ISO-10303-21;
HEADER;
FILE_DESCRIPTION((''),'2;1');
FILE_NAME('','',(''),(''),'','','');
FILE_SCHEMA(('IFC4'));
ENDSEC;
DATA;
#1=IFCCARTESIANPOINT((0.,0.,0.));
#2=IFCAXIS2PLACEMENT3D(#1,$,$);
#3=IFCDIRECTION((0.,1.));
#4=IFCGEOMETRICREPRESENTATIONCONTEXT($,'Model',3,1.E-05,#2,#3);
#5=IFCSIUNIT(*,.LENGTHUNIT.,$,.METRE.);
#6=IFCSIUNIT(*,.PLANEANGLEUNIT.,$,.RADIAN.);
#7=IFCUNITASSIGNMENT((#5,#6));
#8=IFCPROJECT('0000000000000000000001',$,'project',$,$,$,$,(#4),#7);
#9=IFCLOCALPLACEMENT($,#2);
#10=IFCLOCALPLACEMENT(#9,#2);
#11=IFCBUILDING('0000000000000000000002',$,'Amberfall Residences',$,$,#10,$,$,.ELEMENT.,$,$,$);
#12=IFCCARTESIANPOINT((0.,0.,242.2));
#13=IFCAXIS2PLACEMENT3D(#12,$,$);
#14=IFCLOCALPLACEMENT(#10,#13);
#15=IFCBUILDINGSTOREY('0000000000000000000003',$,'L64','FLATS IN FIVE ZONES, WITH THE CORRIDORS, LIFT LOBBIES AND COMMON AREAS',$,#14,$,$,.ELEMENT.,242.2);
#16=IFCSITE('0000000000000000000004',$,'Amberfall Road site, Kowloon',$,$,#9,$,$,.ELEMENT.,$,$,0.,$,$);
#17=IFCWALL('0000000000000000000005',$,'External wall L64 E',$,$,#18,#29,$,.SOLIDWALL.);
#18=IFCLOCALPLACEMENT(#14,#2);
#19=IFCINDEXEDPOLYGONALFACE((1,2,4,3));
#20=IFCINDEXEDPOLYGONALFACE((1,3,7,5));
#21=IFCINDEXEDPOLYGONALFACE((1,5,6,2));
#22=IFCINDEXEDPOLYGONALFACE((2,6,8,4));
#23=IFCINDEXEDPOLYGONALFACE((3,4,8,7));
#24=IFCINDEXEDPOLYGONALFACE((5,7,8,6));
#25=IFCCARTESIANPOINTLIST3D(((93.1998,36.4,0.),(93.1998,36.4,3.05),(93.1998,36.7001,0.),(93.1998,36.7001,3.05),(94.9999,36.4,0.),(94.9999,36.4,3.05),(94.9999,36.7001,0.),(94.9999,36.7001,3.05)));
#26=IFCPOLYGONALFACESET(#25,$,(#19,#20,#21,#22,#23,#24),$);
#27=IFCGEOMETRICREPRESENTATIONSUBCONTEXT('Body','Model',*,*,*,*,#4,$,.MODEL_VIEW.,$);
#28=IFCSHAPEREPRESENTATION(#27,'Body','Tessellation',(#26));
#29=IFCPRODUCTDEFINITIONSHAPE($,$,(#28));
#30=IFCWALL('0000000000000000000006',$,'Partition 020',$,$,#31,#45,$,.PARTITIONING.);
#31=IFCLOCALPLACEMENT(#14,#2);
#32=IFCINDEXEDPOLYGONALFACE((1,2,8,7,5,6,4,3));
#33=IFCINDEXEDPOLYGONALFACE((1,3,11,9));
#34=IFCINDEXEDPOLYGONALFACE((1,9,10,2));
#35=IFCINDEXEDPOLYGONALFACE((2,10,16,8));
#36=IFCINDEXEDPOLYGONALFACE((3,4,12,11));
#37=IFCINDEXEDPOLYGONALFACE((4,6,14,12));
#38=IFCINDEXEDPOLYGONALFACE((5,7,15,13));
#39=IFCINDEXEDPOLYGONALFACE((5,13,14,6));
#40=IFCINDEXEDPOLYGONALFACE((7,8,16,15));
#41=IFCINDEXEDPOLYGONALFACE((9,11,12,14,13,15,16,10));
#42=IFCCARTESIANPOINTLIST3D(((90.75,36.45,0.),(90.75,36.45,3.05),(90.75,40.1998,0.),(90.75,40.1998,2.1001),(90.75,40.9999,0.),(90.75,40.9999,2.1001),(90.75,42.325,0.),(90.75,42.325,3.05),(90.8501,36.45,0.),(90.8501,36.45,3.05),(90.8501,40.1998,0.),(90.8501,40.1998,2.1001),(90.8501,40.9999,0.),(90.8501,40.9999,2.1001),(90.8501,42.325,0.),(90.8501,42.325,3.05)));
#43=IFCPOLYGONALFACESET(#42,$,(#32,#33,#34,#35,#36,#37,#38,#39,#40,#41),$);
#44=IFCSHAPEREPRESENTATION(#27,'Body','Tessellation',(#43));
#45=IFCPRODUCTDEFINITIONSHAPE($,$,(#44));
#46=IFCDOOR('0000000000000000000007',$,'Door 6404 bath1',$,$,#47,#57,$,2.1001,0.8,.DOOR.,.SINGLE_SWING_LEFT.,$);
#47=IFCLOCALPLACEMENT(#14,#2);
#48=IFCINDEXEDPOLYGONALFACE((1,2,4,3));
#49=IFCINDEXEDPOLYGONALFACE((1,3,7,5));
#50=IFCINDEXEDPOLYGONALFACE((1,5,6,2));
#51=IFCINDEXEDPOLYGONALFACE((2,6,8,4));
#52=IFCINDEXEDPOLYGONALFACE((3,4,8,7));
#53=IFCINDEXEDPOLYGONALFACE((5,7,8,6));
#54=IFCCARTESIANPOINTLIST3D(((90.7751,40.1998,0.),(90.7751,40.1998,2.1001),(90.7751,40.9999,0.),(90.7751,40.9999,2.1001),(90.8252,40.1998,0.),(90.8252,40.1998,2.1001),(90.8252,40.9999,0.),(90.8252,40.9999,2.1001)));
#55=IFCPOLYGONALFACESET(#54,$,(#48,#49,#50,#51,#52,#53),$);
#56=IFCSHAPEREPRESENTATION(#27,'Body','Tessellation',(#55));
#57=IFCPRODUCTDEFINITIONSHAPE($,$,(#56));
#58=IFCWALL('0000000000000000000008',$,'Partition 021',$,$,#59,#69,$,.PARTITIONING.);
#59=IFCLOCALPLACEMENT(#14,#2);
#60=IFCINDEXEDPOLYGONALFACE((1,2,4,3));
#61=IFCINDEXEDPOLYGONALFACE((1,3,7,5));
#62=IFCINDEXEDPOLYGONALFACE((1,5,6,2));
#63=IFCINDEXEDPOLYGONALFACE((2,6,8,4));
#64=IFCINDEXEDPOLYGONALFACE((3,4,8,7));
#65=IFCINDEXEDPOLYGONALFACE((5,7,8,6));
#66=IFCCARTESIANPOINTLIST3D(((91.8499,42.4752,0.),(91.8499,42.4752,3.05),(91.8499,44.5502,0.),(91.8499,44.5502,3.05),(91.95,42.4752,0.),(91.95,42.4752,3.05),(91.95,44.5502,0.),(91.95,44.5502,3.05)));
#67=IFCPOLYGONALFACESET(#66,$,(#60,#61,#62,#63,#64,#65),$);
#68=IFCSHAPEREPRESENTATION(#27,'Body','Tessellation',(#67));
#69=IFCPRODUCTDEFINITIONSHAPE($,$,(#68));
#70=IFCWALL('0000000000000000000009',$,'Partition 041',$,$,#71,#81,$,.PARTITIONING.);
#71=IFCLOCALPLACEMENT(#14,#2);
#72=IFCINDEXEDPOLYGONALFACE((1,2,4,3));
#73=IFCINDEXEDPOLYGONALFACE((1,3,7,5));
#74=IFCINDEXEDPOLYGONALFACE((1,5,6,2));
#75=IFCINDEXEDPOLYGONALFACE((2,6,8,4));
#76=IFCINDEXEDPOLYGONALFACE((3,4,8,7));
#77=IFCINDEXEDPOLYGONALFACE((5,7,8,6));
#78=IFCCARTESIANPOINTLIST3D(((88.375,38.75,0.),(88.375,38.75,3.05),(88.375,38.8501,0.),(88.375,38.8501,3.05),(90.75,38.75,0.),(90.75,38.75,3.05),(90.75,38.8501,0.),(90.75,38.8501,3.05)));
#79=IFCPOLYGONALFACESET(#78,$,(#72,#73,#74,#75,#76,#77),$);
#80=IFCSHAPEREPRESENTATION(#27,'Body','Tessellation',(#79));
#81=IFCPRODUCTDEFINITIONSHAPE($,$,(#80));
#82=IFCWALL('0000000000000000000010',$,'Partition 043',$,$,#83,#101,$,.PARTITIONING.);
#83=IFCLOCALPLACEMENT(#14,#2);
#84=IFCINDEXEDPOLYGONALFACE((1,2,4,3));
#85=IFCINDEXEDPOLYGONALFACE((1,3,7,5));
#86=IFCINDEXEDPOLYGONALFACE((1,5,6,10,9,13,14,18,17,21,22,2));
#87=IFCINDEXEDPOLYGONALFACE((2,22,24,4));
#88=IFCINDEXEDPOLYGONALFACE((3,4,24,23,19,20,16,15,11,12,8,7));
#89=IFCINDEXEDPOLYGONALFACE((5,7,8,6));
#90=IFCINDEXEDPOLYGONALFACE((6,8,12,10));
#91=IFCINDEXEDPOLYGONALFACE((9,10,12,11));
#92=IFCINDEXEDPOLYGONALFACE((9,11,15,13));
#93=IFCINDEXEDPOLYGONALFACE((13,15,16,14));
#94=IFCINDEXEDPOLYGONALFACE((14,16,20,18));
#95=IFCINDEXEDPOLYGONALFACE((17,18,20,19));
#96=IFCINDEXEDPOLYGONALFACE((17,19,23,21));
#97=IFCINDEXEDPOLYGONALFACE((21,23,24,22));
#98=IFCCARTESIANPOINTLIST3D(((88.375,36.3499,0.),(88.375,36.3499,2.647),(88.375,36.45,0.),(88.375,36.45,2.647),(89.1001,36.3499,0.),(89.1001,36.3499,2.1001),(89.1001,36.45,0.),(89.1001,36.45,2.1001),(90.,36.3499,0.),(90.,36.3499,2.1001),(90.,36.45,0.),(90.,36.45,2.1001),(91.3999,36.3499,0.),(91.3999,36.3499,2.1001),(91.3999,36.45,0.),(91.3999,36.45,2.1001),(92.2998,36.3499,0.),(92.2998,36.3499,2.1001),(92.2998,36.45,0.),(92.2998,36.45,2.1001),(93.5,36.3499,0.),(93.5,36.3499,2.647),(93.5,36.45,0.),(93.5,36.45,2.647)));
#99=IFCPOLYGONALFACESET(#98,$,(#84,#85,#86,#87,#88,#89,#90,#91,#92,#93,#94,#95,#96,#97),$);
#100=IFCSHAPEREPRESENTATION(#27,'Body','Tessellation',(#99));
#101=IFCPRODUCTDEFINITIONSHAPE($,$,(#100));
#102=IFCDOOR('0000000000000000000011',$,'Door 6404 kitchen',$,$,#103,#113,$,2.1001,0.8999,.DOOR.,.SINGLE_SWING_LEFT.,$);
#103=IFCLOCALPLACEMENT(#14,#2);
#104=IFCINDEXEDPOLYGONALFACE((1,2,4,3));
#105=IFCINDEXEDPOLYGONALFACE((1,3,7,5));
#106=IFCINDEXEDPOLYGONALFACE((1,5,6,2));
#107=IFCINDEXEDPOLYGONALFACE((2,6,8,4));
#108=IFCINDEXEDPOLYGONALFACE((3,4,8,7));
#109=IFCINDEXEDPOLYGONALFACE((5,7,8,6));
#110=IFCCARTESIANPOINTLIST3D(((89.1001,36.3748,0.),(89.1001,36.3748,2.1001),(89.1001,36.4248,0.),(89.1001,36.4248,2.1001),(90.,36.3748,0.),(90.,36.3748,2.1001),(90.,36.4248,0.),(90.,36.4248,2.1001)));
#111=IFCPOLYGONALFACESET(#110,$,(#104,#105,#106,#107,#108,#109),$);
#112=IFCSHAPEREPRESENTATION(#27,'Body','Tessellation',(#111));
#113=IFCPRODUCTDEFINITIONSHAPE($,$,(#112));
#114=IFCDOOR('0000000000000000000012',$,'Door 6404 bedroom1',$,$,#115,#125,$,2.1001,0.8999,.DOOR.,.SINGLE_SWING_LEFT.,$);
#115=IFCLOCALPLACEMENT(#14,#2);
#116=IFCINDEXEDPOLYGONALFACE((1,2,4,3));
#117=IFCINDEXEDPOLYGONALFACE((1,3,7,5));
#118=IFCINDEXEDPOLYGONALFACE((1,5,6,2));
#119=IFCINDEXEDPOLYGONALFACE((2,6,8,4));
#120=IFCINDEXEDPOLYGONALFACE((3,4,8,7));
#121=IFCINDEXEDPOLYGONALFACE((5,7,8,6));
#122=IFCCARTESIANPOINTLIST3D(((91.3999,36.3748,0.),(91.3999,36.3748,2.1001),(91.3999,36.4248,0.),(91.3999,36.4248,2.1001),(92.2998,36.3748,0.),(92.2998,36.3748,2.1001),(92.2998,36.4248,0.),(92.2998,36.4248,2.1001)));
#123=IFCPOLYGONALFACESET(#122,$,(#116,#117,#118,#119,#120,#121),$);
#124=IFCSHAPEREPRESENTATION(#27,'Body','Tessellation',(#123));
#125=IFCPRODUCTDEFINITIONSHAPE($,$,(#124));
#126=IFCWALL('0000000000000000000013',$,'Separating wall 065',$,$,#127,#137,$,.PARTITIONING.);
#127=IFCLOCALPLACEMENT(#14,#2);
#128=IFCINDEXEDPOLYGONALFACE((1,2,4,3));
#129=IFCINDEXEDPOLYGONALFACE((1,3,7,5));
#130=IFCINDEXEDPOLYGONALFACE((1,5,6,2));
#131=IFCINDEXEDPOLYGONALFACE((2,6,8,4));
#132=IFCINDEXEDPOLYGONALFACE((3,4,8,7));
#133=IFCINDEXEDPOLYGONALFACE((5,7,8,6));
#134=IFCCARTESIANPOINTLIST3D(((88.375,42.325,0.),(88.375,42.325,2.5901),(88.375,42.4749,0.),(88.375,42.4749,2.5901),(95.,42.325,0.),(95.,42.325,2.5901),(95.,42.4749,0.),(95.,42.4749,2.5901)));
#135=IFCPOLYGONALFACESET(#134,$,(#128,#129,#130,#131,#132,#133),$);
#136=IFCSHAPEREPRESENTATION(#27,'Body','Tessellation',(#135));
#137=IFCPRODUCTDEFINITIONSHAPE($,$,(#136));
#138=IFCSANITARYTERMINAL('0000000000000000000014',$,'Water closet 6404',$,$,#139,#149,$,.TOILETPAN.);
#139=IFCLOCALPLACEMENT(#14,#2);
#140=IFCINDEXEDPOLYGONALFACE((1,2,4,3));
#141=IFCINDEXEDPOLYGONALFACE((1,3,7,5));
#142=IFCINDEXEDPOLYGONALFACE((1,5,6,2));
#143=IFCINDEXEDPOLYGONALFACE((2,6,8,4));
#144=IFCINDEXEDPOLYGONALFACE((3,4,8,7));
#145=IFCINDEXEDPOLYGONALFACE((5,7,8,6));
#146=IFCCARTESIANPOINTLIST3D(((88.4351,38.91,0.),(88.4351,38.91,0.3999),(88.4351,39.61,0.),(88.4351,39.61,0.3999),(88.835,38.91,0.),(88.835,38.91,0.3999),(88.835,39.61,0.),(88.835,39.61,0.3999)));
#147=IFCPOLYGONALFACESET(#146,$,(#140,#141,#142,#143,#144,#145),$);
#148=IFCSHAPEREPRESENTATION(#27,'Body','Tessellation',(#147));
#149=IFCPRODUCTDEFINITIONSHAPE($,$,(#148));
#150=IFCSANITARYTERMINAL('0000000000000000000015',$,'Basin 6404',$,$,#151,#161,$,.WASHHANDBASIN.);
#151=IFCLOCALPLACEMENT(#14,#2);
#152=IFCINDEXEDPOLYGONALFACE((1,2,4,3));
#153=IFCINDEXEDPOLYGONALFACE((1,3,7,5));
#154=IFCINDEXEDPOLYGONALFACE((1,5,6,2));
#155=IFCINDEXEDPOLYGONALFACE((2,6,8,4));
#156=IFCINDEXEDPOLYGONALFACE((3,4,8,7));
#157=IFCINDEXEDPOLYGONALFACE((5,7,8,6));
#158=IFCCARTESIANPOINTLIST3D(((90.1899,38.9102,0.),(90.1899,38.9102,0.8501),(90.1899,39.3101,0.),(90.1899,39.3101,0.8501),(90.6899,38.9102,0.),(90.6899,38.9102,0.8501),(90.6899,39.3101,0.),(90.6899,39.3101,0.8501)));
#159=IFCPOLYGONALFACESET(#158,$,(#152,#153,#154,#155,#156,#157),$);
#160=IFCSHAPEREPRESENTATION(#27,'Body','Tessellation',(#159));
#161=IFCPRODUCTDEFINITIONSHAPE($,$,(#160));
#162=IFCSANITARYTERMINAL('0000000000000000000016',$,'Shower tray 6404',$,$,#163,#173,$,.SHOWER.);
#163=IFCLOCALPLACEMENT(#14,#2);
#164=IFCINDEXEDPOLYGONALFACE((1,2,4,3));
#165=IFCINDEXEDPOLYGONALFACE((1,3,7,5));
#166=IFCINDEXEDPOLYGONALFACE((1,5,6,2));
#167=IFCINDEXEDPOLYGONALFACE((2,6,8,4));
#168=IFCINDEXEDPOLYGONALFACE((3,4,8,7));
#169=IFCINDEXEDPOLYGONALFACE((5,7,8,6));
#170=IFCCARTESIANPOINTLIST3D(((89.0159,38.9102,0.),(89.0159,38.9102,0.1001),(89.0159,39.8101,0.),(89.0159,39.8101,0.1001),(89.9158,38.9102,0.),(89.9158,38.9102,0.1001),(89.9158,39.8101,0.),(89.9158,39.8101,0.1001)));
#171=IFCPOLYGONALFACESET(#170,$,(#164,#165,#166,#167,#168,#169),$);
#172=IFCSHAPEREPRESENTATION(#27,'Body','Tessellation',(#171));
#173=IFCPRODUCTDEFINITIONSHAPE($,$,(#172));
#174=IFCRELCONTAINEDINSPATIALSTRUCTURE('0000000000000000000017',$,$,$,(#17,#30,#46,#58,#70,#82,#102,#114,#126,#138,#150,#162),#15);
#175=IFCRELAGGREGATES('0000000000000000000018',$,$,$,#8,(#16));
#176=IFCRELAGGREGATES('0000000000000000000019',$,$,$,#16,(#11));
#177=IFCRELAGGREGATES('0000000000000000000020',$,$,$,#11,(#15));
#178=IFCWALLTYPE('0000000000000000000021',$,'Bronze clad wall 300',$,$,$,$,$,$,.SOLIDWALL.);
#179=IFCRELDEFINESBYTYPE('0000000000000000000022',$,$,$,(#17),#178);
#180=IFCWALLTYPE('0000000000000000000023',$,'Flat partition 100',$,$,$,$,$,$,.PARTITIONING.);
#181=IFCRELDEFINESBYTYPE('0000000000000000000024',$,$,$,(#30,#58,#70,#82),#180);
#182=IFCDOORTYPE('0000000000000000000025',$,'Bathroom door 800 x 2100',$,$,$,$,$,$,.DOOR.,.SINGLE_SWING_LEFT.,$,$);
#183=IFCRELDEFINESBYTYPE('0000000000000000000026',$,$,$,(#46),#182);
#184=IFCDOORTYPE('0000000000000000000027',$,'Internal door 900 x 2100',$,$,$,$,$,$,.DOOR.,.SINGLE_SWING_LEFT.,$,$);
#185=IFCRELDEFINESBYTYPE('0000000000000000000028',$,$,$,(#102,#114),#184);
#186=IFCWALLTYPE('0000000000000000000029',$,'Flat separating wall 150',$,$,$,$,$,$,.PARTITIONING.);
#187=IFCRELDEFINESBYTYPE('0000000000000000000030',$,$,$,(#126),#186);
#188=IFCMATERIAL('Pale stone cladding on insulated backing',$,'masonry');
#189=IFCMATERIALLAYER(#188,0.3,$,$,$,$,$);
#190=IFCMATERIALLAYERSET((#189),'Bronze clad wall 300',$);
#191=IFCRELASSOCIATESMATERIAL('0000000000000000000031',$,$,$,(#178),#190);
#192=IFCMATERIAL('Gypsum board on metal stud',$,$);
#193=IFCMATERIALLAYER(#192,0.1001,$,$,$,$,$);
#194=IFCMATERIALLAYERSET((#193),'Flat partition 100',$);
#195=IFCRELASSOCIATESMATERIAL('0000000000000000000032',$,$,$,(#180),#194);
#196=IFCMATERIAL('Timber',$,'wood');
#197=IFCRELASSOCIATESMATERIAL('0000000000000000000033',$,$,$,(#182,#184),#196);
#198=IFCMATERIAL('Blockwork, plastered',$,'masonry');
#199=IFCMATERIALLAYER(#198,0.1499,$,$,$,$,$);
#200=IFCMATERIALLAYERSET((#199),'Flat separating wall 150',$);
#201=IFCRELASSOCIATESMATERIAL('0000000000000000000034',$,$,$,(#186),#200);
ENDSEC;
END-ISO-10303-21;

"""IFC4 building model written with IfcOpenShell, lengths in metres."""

from ifc_helpers import new_model, si_unit, direction, frame, frame_2d, origin, origin_2d, place, context, subcontext, project, spatial, rectangle, extrude, material, layer, layer_set, type_object, element, fill, save


model = new_model("IFC4")

# Units and contexts
model_context = context("Model", 3, precision=1e-05, world=origin(), true_north=direction((0.0, 1.0)))
body_context = subcontext(model_context, "Body", "Model", "MODEL_VIEW")
ifc_project = project(units=[si_unit("LENGTHUNIT", "METRE"), si_unit("PLANEANGLEUNIT", "RADIAN")], contexts=[model_context])

# Site, building, storey
site_placement = place(None, origin())
site = spatial("IfcSite", under=ifc_project, at=site_placement, Name="Amberfall Road site, Kowloon", CompositionType="ELEMENT", RefElevation=0.0)
building_placement = place(site_placement, origin())
building = spatial("IfcBuilding", under=site, at=building_placement, Name="Amberfall Residences", CompositionType="ELEMENT")
storey_placement = place(building_placement, frame((0.0, 0.0, 242.2)))
storey = spatial("IfcBuildingStorey", under=building, at=storey_placement, Name="L64", Description="FLATS IN FIVE ZONES, WITH THE CORRIDORS, LIFT LOBBIES AND COMMON AREAS", CompositionType="ELEMENT", Elevation=242.2)

# Wall
ifc_material_1 = material(Name="Pale stone cladding on insulated backing", Category="masonry")
ifc_layer_1 = layer(ifc_material_1, 0.3)
ifc_layer_set_1 = layer_set([ifc_layer_1], Name="Bronze clad wall 300")
wall_type_1 = type_object("IfcWallType", Name="Bronze clad wall 300", PredefinedType="SOLIDWALL", material=ifc_layer_set_1)
wall_1_placement = place(storey_placement, frame((93.2, 36.55, 0.0), z_axis=(0.0, 0.0, 1.0), x_axis=(1.0, 0.0, 0.0)))
element("IfcWall", 1, at=wall_1_placement, inside=storey, type_object=wall_type_1, Name="External wall L64 E", PredefinedType="SOLIDWALL", context=body_context, shape_type="SweptSolid", body=[
    extrude(rectangle(XDim=1.8, YDim=0.3, at=frame_2d((0.8999, 0.0))), origin(), (0.0, 0.0, 1.0), 3.05),
])

# Wall, opening, door
ifc_material_2 = material(Name="Gypsum board on metal stud")
ifc_layer_2 = layer(ifc_material_2, 0.1001)
ifc_layer_set_2 = layer_set([ifc_layer_2], Name="Flat partition 100")
wall_type_2 = type_object("IfcWallType", Name="Flat partition 100", PredefinedType="PARTITIONING", material=ifc_layer_set_2)
wall_2_placement = place(storey_placement, frame((90.8, 36.45, 0.0), z_axis=(0.0, 0.0, 1.0), x_axis=(0.0, 1.0, 0.0)))
wall_2 = element("IfcWall", 2, at=wall_2_placement, inside=storey, type_object=wall_type_2, Name="Partition 020", PredefinedType="PARTITIONING", context=body_context, shape_type="SweptSolid", body=[
    extrude(rectangle(XDim=5.875, YDim=0.1001, at=frame_2d((2.9375, 0.0))), origin(), (0.0, 0.0, 1.0), 3.05),
])
opening_1_placement = place(wall_2_placement, frame((3.75, 0.0, 0.0)))
opening_1 = element("IfcOpeningElement", 3, at=opening_1_placement, cuts=wall_2, PredefinedType="OPENING", context=body_context, shape_type="SweptSolid", body=[
    extrude(rectangle(XDim=0.8, YDim=2.1001, at=frame_2d((0.3999, 1.05))), frame((0.0, 0.0601, 0.0), z_axis=(0.0, -1.0, 0.0), x_axis=(1.0, 0.0, 0.0)), (0.0, 0.0, 1.0), 0.1201),
])
ifc_material_3 = material(Name="Timber", Category="wood")
door_type_1 = type_object("IfcDoorType", Name="Bathroom door 800 x 2100", OperationType="SINGLE_SWING_LEFT", PredefinedType="DOOR", material=ifc_material_3)
door_1_placement = place(opening_1_placement, origin())
door_1 = element("IfcDoor", 4, at=door_1_placement, inside=storey, type_object=door_type_1, Name="Door 6404 bath1", OperationType="SINGLE_SWING_LEFT", OverallHeight=2.1001, OverallWidth=0.8, PredefinedType="DOOR", context=body_context, shape_type="SweptSolid", body=[
    extrude(rectangle(XDim=0.8, YDim=2.1001, at=frame_2d((0.3999, 1.05))), frame((0.0, 0.0249, 0.0), z_axis=(0.0, -1.0, 0.0), x_axis=(1.0, 0.0, 0.0)), (0.0, 0.0, 1.0), 0.05),
])
fill(opening_1, door_1)

# Walls
wall_3_placement = place(storey_placement, frame((91.8999, 42.4751, 0.0), z_axis=(0.0, 0.0, 1.0), x_axis=(0.0, 1.0, 0.0)))
element("IfcWall", 5, at=wall_3_placement, inside=storey, type_object=wall_type_2, Name="Partition 021", PredefinedType="PARTITIONING", context=body_context, shape_type="SweptSolid", body=[
    extrude(rectangle(XDim=2.075, YDim=0.1001, at=frame_2d((1.0376, 0.0))), origin(), (0.0, 0.0, 1.0), 3.05),
])
wall_4_placement = place(storey_placement, frame((88.375, 38.8, 0.0), z_axis=(0.0, 0.0, 1.0), x_axis=(1.0, 0.0, 0.0)))
element("IfcWall", 6, at=wall_4_placement, inside=storey, type_object=wall_type_2, Name="Partition 041", PredefinedType="PARTITIONING", context=body_context, shape_type="SweptSolid", body=[
    extrude(rectangle(XDim=2.375, YDim=0.1001, at=frame_2d((1.1875, 0.0))), origin(), (0.0, 0.0, 1.0), 3.05),
])

# Wall, openings, doors
wall_5_placement = place(storey_placement, frame((88.375, 36.3999, 0.0), z_axis=(0.0, 0.0, 1.0), x_axis=(1.0, 0.0, 0.0)))
wall_5 = element("IfcWall", 7, at=wall_5_placement, inside=storey, type_object=wall_type_2, Name="Partition 043", PredefinedType="PARTITIONING", context=body_context, shape_type="SweptSolid", body=[
    extrude(rectangle(XDim=5.125, YDim=0.1001, at=frame_2d((2.5625, 0.0))), origin(), (0.0, 0.0, 1.0), 2.647),
])
opening_2_placement = place(wall_5_placement, frame((0.7251, 0.0, 0.0)))
opening_2 = element("IfcOpeningElement", 8, at=opening_2_placement, cuts=wall_5, PredefinedType="OPENING", context=body_context, shape_type="SweptSolid", body=[
    extrude(rectangle(XDim=0.8999, YDim=2.1001, at=frame_2d((0.45, 1.05))), frame((0.0, 0.0601, 0.0), z_axis=(0.0, -1.0, 0.0), x_axis=(1.0, 0.0, 0.0)), (0.0, 0.0, 1.0), 0.1201),
])
opening_3_placement = place(wall_5_placement, frame((3.0249, 0.0, 0.0)))
opening_3 = element("IfcOpeningElement", 9, at=opening_3_placement, cuts=wall_5, PredefinedType="OPENING", context=body_context, shape_type="SweptSolid", body=[
    extrude(rectangle(XDim=0.8999, YDim=2.1001, at=frame_2d((0.45, 1.05))), frame((0.0, 0.0601, 0.0), z_axis=(0.0, -1.0, 0.0), x_axis=(1.0, 0.0, 0.0)), (0.0, 0.0, 1.0), 0.1201),
])
door_type_2 = type_object("IfcDoorType", Name="Internal door 900 x 2100", OperationType="SINGLE_SWING_LEFT", PredefinedType="DOOR", material=ifc_material_3)
door_2_placement = place(opening_2_placement, origin())
door_2 = element("IfcDoor", 10, at=door_2_placement, inside=storey, type_object=door_type_2, Name="Door 6404 kitchen", OperationType="SINGLE_SWING_LEFT", OverallHeight=2.1001, OverallWidth=0.8999, PredefinedType="DOOR", context=body_context, shape_type="SweptSolid", body=[
    extrude(rectangle(XDim=0.8999, YDim=2.1001, at=frame_2d((0.45, 1.05))), frame((0.0, 0.0249, 0.0), z_axis=(0.0, -1.0, 0.0), x_axis=(1.0, 0.0, 0.0)), (0.0, 0.0, 1.0), 0.05),
])
fill(opening_2, door_2)
door_3_placement = place(opening_3_placement, origin())
door_3 = element("IfcDoor", 11, at=door_3_placement, inside=storey, type_object=door_type_2, Name="Door 6404 bedroom1", OperationType="SINGLE_SWING_LEFT", OverallHeight=2.1001, OverallWidth=0.8999, PredefinedType="DOOR", context=body_context, shape_type="SweptSolid", body=[
    extrude(rectangle(XDim=0.8999, YDim=2.1001, at=frame_2d((0.45, 1.05))), frame((0.0, 0.0249, 0.0), z_axis=(0.0, -1.0, 0.0), x_axis=(1.0, 0.0, 0.0)), (0.0, 0.0, 1.0), 0.05),
])
fill(opening_3, door_3)

# Wall
ifc_material_4 = material(Name="Blockwork, plastered", Category="masonry")
ifc_layer_3 = layer(ifc_material_4, 0.1499)
ifc_layer_set_3 = layer_set([ifc_layer_3], Name="Flat separating wall 150")
wall_type_3 = type_object("IfcWallType", Name="Flat separating wall 150", PredefinedType="PARTITIONING", material=ifc_layer_set_3)
wall_6_placement = place(storey_placement, frame((88.375, 42.3999, 0.0), z_axis=(0.0, 0.0, 1.0), x_axis=(1.0, 0.0, 0.0)))
element("IfcWall", 12, at=wall_6_placement, inside=storey, type_object=wall_type_3, Name="Separating wall 065", PredefinedType="PARTITIONING", context=body_context, shape_type="SweptSolid", body=[
    extrude(rectangle(XDim=6.625, YDim=0.1499, at=frame_2d((3.3125, 0.0))), origin(), (0.0, 0.0, 1.0), 2.5901),
])

# Sanitary terminals
sanitary_terminal_1_placement = place(storey_placement, frame((88.635, 39.26, 0.0), z_axis=(0.0, 0.0, 1.0), x_axis=(1.0, 0.0, 0.0)))
element("IfcSanitaryTerminal", 13, at=sanitary_terminal_1_placement, inside=storey, Name="Water closet 6404", PredefinedType="TOILETPAN", context=body_context, shape_type="SweptSolid", body=[
    extrude(rectangle(XDim=0.3999, YDim=0.7, at=origin_2d()), origin(), (0.0, 0.0, 1.0), 0.3999),
])
sanitary_terminal_2_placement = place(storey_placement, frame((90.4399, 39.1101, 0.0), z_axis=(0.0, 0.0, 1.0), x_axis=(1.0, 0.0, 0.0)))
element("IfcSanitaryTerminal", 14, at=sanitary_terminal_2_placement, inside=storey, Name="Basin 6404", PredefinedType="WASHHANDBASIN", context=body_context, shape_type="SweptSolid", body=[
    extrude(rectangle(XDim=0.5, YDim=0.3999, at=origin_2d()), origin(), (0.0, 0.0, 1.0), 0.8501),
])
sanitary_terminal_3_placement = place(storey_placement, frame((89.4658, 39.3601, 0.0), z_axis=(0.0, 0.0, 1.0), x_axis=(1.0, 0.0, 0.0)))
element("IfcSanitaryTerminal", 15, at=sanitary_terminal_3_placement, inside=storey, Name="Shower tray 6404", PredefinedType="SHOWER", context=body_context, shape_type="SweptSolid", body=[
    extrude(rectangle(XDim=0.8999, YDim=0.8999, at=origin_2d()), origin(), (0.0, 0.0, 1.0), 0.1001),
])

save(model, "model.ifc")
